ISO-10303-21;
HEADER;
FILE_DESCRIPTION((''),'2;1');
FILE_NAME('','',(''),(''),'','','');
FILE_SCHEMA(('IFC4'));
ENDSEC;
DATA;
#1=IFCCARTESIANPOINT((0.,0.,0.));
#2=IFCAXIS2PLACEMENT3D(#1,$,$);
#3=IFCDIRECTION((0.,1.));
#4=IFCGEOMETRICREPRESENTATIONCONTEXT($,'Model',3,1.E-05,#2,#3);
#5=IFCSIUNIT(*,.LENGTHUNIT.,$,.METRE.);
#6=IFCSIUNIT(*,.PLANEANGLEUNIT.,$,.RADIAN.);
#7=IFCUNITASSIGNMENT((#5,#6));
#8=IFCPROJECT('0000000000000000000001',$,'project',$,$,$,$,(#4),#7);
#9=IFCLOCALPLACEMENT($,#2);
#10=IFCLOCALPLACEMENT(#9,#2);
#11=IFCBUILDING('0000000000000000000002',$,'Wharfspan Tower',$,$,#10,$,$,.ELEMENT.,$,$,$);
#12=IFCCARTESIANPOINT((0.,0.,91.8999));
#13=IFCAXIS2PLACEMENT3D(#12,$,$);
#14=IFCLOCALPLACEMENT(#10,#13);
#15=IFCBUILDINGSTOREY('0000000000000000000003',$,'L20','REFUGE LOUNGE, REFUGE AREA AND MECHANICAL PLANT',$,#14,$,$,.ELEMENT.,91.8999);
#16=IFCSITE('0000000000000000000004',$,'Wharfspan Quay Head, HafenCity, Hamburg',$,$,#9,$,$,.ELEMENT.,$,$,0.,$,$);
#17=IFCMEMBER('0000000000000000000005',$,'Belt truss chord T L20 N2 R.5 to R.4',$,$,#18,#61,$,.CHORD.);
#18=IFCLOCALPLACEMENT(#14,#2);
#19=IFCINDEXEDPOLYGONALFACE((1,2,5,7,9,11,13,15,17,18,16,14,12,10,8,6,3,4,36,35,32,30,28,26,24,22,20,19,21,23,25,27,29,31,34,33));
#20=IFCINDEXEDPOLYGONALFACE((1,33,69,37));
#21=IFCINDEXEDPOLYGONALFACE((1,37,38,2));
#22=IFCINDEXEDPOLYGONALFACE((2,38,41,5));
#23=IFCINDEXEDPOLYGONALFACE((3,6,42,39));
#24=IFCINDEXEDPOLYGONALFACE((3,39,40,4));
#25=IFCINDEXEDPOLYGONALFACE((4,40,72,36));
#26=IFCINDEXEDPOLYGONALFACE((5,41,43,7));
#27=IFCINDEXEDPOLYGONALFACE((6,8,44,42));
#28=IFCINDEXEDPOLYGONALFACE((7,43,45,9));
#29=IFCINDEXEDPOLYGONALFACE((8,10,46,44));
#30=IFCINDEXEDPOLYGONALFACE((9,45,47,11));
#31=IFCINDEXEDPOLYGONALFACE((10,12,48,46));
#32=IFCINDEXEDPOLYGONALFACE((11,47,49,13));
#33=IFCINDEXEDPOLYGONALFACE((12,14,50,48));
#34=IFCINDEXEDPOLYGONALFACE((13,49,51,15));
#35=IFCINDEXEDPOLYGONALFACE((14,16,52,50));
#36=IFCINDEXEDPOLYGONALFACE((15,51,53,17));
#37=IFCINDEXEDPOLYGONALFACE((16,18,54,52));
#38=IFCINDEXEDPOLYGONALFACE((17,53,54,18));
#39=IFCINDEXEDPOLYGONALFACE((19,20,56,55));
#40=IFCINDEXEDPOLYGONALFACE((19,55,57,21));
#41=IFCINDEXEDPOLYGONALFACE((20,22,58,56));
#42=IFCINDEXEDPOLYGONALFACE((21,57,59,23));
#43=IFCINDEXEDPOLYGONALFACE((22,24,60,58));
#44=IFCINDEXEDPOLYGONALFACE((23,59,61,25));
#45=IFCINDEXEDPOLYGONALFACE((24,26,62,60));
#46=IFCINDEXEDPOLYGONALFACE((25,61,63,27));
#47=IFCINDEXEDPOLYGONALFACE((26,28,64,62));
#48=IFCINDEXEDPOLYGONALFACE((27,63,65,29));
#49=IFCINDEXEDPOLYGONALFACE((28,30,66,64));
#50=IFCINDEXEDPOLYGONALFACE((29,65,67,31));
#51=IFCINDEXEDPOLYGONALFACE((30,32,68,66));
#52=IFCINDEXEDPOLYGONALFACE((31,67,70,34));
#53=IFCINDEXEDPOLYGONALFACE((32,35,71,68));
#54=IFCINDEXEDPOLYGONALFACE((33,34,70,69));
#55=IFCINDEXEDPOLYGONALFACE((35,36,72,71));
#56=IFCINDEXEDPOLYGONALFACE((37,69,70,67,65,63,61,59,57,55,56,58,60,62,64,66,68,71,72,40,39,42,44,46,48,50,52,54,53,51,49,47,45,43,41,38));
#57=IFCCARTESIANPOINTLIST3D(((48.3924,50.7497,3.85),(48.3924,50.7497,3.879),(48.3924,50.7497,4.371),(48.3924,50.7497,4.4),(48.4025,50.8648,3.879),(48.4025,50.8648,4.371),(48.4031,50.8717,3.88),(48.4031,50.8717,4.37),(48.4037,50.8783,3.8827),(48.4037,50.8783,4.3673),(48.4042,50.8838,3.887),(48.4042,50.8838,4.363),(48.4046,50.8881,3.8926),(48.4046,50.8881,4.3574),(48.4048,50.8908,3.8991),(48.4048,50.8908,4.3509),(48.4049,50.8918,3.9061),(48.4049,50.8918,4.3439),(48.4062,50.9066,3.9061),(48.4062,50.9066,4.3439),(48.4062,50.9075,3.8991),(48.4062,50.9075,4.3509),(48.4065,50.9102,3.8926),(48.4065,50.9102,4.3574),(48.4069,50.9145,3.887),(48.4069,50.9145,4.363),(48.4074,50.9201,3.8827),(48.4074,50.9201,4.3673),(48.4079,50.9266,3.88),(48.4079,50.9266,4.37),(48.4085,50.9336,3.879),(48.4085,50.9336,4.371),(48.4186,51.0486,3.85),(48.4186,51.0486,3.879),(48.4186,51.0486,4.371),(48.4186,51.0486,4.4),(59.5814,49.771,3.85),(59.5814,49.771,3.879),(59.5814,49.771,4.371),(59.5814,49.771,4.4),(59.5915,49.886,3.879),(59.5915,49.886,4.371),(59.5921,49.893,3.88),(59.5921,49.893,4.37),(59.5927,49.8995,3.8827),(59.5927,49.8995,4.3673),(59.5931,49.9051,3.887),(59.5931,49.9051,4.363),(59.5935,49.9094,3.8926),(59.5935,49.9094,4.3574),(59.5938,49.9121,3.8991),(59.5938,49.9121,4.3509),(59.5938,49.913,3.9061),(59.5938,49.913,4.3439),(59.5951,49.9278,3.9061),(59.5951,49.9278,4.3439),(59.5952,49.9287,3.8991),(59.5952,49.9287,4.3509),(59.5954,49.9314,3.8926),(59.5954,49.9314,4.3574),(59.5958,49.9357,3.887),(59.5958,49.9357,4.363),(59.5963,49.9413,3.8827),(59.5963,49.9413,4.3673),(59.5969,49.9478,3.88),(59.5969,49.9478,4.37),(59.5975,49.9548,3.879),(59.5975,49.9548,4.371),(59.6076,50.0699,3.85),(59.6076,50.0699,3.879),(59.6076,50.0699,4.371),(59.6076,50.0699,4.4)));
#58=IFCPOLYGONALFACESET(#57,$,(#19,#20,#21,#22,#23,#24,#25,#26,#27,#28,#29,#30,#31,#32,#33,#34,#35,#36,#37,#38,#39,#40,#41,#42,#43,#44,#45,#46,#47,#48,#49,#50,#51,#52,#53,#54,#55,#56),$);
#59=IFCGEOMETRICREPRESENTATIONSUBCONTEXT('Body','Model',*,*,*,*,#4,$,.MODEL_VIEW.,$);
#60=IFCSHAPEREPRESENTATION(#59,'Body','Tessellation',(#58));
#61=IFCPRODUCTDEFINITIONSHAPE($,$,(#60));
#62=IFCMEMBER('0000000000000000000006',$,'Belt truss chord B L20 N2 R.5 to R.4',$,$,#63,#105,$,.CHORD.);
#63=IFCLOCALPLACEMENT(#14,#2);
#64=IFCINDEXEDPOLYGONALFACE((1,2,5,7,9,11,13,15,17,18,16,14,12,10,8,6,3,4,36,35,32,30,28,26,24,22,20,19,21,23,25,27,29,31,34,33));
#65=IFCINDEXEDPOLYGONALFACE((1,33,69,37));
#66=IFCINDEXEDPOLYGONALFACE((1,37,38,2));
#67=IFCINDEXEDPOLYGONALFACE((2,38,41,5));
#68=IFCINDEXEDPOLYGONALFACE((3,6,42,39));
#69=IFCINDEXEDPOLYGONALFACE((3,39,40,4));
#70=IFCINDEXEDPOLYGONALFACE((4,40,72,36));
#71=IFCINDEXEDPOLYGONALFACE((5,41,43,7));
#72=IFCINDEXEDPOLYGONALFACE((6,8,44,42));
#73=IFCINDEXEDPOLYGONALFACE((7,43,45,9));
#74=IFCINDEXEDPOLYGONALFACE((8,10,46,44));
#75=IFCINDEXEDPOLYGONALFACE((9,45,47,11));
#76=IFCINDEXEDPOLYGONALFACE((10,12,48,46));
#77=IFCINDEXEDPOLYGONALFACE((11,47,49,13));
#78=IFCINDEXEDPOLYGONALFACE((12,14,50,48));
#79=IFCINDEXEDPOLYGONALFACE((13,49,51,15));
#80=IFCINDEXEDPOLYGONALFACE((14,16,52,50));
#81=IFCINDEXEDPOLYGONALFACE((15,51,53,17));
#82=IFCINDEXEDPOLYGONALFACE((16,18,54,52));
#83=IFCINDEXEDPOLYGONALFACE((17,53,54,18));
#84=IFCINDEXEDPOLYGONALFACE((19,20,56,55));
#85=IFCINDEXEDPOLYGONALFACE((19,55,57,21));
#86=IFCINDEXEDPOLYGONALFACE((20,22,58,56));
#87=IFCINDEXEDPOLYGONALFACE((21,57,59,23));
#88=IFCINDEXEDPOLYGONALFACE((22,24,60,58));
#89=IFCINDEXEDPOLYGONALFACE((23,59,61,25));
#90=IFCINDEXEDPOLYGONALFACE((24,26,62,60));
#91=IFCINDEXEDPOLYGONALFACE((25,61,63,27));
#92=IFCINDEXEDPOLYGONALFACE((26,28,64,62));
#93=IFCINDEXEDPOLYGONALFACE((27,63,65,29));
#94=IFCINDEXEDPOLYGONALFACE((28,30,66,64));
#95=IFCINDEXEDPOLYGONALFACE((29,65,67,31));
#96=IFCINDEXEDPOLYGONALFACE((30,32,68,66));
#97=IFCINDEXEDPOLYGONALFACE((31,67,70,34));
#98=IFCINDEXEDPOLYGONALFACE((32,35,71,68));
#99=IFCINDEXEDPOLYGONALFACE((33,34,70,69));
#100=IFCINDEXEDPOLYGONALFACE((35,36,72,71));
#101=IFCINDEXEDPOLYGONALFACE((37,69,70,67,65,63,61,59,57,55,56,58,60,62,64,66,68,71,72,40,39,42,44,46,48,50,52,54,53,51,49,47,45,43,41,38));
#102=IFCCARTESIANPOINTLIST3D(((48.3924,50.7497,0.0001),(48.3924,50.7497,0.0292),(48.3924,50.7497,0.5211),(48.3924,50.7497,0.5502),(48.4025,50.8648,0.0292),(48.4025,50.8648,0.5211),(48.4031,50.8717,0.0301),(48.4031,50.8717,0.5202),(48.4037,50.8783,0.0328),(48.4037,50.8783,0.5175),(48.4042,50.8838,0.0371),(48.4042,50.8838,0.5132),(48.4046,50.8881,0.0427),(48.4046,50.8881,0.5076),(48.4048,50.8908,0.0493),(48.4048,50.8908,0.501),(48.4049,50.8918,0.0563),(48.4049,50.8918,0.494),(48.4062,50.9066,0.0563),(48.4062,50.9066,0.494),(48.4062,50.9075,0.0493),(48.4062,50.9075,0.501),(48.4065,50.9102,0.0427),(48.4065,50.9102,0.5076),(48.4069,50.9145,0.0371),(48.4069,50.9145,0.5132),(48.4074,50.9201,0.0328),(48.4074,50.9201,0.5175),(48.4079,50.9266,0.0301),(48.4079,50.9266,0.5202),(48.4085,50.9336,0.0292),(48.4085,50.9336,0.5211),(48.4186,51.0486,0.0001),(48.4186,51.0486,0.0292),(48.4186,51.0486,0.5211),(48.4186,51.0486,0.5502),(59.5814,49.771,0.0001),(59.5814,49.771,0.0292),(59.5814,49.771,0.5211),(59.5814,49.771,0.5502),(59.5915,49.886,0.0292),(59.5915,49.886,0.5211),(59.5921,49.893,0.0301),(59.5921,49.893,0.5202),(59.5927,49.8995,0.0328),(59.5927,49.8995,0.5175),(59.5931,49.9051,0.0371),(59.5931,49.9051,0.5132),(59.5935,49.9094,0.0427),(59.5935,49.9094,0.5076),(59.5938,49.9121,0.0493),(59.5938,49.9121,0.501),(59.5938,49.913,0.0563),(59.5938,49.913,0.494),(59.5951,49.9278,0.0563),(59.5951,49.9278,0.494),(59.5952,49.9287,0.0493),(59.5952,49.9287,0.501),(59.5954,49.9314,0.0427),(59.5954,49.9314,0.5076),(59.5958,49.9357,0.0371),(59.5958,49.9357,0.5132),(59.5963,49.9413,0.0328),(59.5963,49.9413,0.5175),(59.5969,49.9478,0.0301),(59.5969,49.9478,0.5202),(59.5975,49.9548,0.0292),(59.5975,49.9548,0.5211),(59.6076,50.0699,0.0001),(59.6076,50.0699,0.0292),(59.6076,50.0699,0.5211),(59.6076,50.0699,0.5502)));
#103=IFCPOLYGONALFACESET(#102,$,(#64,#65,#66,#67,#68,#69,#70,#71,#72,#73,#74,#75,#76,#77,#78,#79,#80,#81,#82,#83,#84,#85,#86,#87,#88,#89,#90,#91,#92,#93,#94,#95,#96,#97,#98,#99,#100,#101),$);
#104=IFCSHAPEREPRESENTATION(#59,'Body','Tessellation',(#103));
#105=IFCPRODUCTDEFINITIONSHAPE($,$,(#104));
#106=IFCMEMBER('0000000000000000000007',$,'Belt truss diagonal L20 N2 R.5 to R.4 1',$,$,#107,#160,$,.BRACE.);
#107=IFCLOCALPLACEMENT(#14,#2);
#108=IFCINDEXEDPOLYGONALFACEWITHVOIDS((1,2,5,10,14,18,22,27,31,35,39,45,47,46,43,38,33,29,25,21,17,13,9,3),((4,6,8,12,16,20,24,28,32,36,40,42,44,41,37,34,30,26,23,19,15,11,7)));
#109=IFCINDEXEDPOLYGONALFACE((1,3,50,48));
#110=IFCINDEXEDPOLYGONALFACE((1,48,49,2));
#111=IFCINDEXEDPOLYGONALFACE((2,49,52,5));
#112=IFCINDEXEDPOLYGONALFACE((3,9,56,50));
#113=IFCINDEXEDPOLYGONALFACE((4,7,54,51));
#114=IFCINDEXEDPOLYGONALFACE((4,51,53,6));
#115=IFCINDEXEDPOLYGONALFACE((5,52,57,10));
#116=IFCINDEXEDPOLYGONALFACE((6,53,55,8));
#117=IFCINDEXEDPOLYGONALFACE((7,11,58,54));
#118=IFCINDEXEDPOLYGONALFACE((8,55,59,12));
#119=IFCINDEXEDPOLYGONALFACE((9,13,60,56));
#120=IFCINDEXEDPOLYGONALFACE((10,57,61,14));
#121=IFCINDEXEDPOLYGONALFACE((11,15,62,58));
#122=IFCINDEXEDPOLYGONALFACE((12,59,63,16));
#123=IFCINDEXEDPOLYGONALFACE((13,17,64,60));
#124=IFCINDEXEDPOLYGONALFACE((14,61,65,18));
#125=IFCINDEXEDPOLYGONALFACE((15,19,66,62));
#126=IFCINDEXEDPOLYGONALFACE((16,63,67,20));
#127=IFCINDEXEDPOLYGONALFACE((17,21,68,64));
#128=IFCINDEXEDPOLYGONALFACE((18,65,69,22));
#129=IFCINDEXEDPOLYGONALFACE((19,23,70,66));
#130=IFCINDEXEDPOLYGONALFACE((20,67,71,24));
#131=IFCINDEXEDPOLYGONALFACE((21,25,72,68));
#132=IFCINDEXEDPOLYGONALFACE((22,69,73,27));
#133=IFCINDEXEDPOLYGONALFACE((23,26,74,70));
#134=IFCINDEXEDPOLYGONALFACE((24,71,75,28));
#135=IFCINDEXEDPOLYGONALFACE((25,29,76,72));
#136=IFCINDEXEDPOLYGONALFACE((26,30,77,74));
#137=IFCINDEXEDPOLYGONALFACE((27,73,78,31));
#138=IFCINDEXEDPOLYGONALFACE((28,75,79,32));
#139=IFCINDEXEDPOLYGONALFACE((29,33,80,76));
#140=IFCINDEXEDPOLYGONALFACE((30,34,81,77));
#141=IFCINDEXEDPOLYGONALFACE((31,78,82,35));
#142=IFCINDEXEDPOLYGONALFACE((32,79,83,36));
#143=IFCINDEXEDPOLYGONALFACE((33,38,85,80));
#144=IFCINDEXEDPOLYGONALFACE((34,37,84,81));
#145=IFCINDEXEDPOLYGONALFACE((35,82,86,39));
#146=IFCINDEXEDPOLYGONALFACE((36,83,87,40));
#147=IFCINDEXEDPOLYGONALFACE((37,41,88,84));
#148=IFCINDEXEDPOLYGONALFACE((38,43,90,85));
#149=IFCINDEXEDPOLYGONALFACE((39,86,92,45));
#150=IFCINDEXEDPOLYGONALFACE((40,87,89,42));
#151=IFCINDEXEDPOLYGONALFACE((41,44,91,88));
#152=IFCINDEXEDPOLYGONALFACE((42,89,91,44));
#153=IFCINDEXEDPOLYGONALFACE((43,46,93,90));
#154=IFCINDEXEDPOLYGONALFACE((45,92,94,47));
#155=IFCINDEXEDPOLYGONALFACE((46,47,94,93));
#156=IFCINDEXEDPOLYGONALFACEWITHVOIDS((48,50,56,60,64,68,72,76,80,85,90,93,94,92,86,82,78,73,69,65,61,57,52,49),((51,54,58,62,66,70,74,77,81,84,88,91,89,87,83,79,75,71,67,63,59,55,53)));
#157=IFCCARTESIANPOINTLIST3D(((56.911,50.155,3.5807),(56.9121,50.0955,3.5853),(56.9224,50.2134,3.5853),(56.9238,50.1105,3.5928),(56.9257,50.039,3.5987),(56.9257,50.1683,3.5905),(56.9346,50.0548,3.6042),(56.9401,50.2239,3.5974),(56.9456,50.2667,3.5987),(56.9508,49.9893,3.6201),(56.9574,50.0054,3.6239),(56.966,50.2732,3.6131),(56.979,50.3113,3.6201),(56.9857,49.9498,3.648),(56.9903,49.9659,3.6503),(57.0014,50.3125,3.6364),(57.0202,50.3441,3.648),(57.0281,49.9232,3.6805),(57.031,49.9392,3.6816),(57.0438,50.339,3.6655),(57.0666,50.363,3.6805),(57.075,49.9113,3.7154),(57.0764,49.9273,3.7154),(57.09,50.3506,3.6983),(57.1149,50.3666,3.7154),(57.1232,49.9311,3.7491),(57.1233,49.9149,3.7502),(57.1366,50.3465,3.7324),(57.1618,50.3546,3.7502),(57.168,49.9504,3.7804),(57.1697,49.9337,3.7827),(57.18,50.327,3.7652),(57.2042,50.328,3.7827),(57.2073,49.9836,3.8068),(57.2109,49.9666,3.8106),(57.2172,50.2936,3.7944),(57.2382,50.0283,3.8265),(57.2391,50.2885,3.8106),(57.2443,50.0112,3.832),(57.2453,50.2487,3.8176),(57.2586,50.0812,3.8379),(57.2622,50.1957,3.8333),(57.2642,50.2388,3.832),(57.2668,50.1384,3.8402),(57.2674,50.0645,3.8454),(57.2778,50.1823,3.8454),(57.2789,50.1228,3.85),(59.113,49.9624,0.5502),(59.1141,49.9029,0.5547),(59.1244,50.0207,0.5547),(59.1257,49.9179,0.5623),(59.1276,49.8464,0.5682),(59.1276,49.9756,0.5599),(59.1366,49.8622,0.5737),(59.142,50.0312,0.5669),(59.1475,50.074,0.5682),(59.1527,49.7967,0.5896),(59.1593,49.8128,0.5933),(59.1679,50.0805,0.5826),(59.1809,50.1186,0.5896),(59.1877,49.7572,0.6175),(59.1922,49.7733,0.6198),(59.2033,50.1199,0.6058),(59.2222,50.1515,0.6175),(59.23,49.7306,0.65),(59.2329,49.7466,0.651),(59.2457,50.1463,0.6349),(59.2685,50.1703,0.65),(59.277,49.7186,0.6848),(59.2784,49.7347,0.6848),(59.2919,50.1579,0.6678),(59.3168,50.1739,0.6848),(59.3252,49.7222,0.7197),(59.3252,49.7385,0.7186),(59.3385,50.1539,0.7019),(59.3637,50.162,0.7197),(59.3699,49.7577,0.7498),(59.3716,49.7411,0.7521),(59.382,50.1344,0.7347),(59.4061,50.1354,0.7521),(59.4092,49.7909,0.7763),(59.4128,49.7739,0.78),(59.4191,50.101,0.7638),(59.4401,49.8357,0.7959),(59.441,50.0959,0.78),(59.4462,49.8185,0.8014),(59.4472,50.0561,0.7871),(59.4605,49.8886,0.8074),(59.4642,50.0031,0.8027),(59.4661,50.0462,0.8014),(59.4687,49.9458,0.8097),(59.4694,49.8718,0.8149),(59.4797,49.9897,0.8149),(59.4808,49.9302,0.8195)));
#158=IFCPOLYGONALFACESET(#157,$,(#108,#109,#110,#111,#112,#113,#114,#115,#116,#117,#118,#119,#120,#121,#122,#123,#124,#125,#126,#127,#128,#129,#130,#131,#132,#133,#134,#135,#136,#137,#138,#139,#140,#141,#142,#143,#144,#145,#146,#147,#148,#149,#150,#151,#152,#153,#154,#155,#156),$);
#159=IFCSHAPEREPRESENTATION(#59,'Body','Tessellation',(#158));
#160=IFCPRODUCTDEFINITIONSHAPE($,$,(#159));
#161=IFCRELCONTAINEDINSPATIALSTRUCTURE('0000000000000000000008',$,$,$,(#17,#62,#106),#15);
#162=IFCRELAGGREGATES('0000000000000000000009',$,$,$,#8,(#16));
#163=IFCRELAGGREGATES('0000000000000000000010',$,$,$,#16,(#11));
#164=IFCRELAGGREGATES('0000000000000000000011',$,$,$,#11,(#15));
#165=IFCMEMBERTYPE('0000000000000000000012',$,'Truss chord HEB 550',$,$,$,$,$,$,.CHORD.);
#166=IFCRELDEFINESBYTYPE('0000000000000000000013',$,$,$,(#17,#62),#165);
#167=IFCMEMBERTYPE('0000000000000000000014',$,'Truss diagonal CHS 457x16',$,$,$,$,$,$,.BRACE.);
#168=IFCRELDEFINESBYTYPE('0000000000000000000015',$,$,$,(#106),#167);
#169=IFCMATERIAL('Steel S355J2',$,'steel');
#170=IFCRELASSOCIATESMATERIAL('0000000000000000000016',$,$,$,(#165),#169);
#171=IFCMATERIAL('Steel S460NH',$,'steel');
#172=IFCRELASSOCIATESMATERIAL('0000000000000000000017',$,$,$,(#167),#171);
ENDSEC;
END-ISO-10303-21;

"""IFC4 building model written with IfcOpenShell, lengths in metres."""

from ifc_helpers import new_model, si_unit, direction, frame, origin, origin_2d, place, context, subcontext, project, spatial, hollow_circle, i_section, extrude, material, material_profile, profile_set, type_object, element, save


model = new_model("IFC4")

# Units and contexts
model_context = context("Model", 3, precision=1e-05, world=origin(), true_north=direction((0.0, 1.0)))
body_context = subcontext(model_context, "Body", "Model", "MODEL_VIEW")
ifc_project = project(units=[si_unit("LENGTHUNIT", "METRE"), si_unit("PLANEANGLEUNIT", "RADIAN")], contexts=[model_context])

# Site, building, storey
site_placement = place(None, origin())
site = spatial("IfcSite", under=ifc_project, at=site_placement, Name="Wharfspan Quay Head, HafenCity, Hamburg", CompositionType="ELEMENT", RefElevation=0.0)
building_placement = place(site_placement, origin())
building = spatial("IfcBuilding", under=site, at=building_placement, Name="Wharfspan Tower", CompositionType="ELEMENT")
storey_placement = place(building_placement, frame((0.0, 0.0, 91.8999)))
storey = spatial("IfcBuildingStorey", under=building, at=storey_placement, Name="L20", Description="REFUGE LOUNGE, REFUGE AREA AND MECHANICAL PLANT", CompositionType="ELEMENT", Elevation=91.8999)

# Shared definitions
ifc_material_1 = material(Name="Steel S355J2", Category="steel")

# Members
ifc_material_profile_1 = material_profile(ifc_material_1, i_section(OverallWidth=0.3, OverallDepth=0.55, WebThickness=0.0149, FlangeThickness=0.0291, FilletRadius=0.0271, at=origin_2d()))
ifc_profile_set_1 = profile_set([ifc_material_profile_1], Name="Steel S355J2")
member_type_1 = type_object("IfcMemberType", Name="Truss chord HEB 550", PredefinedType="CHORD", material=ifc_profile_set_1)
for number, where, z_axis, x_axis, name in (
    (1, (59.5945, 49.9204, 4.125), (-0.996196, 0.087143, 0.0), (-0.087143, -0.996196, 0.0), "Belt truss chord T L20 N2 R.5 to R.4"),
    (2, (59.5945, 49.9204, 0.2751), (-0.996196, 0.087143, 0.0), (-0.087143, -0.996196, 0.0), "Belt truss chord B L20 N2 R.5 to R.4"),
):
    element("IfcMember", number, at=place(storey_placement, frame(where, z_axis=z_axis, x_axis=x_axis)), inside=storey, type_object=member_type_1, Name=name, PredefinedType="CHORD", context=body_context, shape_type="SweptSolid", body=[
        extrude(i_section(OverallWidth=0.3, OverallDepth=0.55, WebThickness=0.0149, FlangeThickness=0.0291, FilletRadius=0.0271, at=origin_2d()), origin(), (0.0, 0.0, 1.0), 11.2317),
    ])
ifc_material_2 = material(Name="Steel S460NH", Category="steel")
ifc_material_profile_2 = material_profile(ifc_material_2, hollow_circle(Radius=0.2285, WallThickness=0.0161, at=origin_2d()))
ifc_profile_set_2 = profile_set([ifc_material_profile_2], Name="Steel S460NH")
member_type_2 = type_object("IfcMemberType", Name="Truss diagonal CHS 457x16", PredefinedType="BRACE", material=ifc_profile_set_2)
for number, where, z_axis, x_axis, name in (
    (3, (59.2969, 49.9463, 0.6848), (-0.587028, 0.051354, 0.807936), (-0.087146, -0.996198, 0.000002), "Belt truss diagonal L20 N2 R.5 to R.4 1"),
):
    element("IfcMember", number, at=place(storey_placement, frame(where, z_axis=z_axis, x_axis=x_axis)), inside=storey, type_object=member_type_2, Name=name, PredefinedType="BRACE", context=body_context, shape_type="SweptSolid", body=[
        extrude(hollow_circle(Radius=0.2285, WallThickness=0.0161, at=origin_2d()), origin(), (0.0, 0.0, 1.0), 3.751),
    ])

save(model, "model.ifc")
